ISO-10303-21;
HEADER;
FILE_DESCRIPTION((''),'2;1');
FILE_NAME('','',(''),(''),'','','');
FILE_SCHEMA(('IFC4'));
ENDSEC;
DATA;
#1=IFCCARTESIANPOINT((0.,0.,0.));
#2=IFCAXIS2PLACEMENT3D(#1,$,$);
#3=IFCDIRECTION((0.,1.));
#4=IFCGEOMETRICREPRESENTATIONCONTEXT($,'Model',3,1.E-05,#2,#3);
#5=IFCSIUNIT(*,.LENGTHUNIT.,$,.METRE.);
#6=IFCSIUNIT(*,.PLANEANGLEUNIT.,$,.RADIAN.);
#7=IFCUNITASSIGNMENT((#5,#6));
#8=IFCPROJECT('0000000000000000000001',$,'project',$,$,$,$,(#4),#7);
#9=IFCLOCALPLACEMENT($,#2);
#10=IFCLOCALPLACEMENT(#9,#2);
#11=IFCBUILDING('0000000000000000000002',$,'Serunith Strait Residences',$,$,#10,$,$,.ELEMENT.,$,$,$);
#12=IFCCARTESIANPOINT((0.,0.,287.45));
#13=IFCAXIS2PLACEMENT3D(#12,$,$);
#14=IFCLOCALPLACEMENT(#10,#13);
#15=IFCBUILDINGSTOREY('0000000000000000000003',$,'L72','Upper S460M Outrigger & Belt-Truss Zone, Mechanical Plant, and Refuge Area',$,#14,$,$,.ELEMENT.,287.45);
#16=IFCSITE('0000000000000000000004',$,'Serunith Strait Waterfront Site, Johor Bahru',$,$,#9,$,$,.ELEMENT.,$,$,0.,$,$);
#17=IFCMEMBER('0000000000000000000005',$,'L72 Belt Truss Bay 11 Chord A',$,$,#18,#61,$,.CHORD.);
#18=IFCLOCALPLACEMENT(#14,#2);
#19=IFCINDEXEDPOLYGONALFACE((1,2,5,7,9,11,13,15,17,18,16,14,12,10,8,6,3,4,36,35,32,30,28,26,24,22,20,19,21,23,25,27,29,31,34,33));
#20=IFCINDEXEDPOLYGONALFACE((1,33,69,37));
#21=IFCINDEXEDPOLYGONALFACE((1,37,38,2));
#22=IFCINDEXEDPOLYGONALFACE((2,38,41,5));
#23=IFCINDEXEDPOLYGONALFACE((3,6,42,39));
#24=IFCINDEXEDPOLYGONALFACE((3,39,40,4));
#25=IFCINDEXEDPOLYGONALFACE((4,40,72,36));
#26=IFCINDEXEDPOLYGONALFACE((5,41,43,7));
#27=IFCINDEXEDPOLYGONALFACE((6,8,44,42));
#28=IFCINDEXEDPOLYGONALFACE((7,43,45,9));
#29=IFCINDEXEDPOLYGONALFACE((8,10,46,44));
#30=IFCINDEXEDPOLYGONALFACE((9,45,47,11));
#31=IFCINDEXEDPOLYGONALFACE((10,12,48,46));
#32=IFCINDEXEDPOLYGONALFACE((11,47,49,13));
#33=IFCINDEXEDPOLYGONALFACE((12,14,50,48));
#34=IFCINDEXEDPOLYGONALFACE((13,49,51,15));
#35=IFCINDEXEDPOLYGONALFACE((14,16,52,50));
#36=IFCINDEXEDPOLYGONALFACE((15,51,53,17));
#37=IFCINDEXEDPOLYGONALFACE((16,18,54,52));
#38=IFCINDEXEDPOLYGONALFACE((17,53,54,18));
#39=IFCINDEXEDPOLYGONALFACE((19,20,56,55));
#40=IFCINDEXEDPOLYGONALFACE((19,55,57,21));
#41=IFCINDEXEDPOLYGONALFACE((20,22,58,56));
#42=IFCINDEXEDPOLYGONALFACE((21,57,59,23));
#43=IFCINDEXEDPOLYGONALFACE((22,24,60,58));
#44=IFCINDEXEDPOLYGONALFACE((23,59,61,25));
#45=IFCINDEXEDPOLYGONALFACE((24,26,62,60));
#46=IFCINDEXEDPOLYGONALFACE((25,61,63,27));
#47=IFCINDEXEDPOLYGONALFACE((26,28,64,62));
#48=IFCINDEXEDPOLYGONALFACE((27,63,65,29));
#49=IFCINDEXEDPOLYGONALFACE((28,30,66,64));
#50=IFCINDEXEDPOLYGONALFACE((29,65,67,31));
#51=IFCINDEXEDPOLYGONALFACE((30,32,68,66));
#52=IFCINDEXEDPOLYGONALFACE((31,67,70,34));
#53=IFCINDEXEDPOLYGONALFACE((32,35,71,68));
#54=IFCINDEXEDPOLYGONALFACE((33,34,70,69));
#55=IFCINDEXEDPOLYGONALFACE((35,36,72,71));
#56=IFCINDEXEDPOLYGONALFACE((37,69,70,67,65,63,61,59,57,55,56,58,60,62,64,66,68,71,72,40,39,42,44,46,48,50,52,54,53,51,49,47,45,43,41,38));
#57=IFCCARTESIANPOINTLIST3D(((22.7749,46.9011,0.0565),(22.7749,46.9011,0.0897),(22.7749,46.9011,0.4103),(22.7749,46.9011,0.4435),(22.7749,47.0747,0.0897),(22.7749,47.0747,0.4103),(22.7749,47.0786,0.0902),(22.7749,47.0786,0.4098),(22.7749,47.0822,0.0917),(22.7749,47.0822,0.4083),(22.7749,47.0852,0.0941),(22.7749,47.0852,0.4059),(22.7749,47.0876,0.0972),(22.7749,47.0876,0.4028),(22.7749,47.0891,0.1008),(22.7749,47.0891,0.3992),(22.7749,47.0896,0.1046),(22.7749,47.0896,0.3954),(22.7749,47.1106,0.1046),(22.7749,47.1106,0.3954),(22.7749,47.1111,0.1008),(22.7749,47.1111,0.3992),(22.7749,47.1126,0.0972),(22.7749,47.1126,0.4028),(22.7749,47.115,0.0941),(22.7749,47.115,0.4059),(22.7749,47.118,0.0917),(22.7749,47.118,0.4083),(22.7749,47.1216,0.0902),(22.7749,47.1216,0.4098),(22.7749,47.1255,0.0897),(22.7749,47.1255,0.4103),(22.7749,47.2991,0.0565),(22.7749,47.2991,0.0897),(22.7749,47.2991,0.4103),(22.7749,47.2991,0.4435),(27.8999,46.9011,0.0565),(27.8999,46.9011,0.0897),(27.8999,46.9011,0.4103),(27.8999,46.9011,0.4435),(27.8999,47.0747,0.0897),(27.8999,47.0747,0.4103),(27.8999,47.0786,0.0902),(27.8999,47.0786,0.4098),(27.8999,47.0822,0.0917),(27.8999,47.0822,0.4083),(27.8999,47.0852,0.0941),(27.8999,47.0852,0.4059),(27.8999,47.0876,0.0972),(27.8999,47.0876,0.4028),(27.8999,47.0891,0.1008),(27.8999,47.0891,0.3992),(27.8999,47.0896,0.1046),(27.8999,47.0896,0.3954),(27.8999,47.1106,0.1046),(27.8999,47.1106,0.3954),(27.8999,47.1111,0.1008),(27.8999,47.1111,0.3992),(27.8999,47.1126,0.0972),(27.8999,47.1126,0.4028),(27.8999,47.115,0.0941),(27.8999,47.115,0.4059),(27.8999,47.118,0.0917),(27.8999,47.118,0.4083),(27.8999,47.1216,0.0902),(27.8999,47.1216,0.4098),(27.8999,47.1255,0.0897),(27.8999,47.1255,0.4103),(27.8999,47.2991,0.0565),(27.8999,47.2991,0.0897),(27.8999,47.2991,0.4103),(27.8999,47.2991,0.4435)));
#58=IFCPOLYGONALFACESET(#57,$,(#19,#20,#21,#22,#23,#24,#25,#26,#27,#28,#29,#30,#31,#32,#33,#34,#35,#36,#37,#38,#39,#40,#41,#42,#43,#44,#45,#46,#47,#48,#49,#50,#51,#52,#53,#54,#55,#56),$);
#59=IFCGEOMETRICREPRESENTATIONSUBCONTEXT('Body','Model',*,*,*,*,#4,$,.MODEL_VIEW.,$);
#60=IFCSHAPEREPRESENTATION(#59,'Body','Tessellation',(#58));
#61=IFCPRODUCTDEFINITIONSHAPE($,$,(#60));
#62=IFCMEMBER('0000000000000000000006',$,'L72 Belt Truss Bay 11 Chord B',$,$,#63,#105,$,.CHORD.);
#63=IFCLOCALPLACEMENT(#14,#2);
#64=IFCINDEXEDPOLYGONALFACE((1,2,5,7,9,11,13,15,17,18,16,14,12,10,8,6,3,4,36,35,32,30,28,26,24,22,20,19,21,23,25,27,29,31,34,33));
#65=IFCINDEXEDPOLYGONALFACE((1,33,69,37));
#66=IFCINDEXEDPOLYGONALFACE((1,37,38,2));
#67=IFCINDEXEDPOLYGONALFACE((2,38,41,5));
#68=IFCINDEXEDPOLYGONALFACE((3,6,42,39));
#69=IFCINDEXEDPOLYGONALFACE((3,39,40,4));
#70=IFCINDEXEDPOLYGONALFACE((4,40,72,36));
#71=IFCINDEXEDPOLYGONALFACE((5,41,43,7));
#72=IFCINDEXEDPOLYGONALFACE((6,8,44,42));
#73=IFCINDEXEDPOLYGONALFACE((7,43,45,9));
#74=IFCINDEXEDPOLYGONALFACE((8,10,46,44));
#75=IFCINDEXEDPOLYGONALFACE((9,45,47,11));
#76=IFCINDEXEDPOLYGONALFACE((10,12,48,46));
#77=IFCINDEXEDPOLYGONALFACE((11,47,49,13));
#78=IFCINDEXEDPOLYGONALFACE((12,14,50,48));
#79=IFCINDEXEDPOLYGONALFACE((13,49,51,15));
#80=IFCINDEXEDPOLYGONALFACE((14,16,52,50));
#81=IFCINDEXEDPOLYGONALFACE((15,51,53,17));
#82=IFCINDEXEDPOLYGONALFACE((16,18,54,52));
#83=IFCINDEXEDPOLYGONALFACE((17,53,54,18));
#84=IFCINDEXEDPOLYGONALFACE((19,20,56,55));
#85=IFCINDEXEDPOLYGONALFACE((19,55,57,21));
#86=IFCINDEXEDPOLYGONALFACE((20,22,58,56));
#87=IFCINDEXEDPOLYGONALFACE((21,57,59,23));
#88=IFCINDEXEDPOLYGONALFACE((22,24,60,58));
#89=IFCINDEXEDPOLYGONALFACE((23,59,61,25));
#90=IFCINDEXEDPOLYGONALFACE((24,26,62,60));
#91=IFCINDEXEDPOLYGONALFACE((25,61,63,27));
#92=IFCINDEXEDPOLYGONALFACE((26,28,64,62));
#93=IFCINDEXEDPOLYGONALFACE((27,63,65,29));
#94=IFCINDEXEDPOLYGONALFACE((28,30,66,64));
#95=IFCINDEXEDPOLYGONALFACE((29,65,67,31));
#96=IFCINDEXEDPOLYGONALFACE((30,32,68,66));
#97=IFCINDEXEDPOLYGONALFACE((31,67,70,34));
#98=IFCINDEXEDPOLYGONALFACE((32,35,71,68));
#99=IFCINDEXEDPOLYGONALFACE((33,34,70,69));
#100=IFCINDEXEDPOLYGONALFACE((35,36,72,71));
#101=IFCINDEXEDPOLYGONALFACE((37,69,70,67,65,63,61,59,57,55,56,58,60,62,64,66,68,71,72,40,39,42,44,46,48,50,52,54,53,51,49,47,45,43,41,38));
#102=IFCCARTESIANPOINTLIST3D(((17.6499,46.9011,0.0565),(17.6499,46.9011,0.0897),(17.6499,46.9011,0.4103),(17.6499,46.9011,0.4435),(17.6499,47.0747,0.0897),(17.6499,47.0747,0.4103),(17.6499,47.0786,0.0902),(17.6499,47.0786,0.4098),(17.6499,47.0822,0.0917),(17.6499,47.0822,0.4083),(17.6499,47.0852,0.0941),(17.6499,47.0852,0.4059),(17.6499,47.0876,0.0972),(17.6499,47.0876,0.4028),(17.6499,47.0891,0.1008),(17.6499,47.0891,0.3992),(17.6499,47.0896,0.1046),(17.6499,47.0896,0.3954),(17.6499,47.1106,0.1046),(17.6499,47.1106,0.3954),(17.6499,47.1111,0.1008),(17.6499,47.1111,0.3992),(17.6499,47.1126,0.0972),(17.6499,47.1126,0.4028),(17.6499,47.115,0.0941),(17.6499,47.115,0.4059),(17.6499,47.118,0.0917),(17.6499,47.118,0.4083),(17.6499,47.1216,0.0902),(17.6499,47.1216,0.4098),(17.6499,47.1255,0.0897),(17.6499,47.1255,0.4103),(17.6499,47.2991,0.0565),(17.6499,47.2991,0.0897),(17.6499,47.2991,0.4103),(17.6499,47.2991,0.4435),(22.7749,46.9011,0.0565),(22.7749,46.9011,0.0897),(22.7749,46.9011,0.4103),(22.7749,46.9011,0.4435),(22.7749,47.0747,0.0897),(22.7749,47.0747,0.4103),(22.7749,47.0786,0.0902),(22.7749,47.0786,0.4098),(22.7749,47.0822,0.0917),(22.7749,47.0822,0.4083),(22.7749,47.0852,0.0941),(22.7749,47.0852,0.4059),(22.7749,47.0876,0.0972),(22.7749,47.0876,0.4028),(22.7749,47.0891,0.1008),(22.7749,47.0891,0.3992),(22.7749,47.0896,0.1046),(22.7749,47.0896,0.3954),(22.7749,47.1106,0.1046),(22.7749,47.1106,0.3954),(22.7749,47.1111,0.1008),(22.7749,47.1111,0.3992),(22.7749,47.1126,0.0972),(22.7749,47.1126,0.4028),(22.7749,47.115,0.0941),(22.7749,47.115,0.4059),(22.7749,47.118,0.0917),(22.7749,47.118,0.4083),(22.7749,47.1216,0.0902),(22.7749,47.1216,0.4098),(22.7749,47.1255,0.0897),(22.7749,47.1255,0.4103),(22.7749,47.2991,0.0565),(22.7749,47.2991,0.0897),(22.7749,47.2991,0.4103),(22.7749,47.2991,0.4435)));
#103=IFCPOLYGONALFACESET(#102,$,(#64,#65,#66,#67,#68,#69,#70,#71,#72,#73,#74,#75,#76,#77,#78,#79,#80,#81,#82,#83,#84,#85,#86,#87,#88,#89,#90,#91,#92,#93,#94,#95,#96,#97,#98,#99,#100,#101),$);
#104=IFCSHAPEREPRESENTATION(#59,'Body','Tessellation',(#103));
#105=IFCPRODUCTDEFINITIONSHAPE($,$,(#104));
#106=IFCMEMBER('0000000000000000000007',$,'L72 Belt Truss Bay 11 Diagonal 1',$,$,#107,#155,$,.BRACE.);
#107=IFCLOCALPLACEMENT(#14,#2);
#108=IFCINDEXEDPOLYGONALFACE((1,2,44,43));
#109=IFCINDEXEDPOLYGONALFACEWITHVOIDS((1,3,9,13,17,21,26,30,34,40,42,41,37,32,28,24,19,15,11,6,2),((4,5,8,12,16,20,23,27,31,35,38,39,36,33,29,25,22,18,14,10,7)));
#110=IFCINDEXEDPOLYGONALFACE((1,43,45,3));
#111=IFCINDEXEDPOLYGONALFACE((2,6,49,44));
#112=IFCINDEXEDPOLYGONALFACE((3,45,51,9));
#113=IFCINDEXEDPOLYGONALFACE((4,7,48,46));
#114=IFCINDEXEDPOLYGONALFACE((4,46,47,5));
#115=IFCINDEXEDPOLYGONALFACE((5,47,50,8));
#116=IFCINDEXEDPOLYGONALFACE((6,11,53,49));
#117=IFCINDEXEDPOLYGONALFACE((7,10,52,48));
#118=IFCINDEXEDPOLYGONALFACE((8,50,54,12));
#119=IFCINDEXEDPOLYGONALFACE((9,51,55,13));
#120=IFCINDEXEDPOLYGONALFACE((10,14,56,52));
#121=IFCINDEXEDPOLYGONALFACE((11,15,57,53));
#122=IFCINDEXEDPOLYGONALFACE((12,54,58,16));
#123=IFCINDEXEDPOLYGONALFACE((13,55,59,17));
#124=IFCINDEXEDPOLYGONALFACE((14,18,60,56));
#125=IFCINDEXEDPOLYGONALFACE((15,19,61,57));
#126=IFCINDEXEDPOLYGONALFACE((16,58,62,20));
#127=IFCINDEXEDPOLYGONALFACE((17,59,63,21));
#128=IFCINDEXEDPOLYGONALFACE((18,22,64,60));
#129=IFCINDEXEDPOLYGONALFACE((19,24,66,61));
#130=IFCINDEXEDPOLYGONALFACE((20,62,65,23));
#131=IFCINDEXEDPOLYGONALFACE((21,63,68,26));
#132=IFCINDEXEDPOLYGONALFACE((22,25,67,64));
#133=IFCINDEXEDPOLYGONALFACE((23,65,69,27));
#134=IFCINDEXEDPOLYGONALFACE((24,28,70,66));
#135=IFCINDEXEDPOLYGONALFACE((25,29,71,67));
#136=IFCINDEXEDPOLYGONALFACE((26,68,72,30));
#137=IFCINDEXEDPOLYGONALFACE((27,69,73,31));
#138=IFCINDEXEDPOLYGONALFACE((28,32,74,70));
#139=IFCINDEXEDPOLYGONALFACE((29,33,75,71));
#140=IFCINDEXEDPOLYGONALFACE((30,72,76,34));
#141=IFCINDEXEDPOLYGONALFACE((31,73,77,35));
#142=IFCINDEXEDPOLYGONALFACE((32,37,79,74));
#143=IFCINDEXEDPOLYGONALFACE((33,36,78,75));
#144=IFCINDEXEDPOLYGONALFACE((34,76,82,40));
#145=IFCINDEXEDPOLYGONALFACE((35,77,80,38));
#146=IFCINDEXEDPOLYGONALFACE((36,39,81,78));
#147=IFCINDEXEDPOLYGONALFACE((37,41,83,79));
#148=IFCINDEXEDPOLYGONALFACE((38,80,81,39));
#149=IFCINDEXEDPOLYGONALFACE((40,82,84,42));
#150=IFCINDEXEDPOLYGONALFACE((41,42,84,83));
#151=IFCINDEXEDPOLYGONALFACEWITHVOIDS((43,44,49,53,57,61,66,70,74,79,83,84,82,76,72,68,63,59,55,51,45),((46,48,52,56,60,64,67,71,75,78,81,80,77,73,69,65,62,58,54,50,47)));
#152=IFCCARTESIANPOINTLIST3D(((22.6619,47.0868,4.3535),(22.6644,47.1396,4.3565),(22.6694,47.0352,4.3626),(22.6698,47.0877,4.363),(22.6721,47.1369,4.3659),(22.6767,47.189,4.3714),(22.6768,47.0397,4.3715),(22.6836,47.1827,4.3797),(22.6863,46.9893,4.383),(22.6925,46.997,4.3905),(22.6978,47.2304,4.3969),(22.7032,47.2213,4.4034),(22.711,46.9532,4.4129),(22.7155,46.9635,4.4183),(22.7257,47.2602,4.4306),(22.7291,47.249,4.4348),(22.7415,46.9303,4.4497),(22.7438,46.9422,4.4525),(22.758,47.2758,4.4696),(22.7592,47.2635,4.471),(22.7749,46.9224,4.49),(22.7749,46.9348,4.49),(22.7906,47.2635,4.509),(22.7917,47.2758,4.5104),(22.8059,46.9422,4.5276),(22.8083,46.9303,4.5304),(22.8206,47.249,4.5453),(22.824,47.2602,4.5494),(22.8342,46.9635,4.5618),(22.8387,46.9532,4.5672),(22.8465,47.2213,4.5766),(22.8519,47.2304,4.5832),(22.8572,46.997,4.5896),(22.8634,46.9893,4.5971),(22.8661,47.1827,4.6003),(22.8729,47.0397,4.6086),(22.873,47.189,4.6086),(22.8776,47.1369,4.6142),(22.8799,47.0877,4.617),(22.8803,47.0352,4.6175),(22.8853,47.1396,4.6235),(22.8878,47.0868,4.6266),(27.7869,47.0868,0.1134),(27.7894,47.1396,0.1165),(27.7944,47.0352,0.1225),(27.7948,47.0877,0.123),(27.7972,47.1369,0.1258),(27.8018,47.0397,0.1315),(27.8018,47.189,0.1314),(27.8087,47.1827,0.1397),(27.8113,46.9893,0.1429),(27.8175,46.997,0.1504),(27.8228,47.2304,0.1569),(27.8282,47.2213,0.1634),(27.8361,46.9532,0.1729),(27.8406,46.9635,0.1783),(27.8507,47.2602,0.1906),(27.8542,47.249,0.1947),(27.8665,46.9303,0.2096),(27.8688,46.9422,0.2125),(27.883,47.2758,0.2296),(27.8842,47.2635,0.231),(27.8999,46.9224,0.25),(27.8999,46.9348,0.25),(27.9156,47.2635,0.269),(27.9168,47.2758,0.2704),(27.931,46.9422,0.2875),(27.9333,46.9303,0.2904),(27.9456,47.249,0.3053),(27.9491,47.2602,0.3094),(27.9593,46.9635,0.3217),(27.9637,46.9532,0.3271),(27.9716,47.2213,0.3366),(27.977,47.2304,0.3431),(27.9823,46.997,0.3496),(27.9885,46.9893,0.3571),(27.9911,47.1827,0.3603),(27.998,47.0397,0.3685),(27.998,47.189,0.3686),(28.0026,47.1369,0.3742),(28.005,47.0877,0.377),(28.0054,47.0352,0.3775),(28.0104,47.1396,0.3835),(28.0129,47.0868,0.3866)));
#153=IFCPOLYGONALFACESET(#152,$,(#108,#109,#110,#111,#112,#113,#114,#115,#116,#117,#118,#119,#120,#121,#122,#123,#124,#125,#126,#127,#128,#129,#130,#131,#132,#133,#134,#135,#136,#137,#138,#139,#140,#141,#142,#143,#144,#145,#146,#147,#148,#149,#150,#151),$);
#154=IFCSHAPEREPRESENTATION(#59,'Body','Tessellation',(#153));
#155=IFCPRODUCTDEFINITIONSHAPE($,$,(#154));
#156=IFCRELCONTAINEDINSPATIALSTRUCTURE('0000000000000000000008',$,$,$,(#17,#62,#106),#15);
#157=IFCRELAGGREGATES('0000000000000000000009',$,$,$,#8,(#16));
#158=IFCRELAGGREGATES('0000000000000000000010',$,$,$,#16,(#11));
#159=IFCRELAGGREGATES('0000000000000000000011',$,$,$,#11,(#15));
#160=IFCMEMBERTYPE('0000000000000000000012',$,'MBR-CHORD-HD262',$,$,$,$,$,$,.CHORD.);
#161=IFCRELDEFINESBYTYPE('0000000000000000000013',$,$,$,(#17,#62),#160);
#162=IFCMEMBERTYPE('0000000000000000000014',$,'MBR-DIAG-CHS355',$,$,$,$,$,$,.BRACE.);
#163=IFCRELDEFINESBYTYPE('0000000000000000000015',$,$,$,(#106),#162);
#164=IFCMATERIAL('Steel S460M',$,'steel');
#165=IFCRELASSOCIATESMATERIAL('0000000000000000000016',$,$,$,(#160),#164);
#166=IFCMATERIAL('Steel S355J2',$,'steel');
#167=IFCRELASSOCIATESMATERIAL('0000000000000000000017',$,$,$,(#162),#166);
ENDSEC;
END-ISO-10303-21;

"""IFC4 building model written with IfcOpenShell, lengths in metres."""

from ifc_helpers import new_model, si_unit, direction, frame, origin, origin_2d, place, context, subcontext, project, spatial, hollow_circle, i_section, extrude, source, transform, mapped, material, material_profile, profile_set, type_object, element, save


model = new_model("IFC4")

# Units and contexts
model_context = context("Model", 3, precision=1e-05, world=origin(), true_north=direction((0.0, 1.0)))
body_context = subcontext(model_context, "Body", "Model", "MODEL_VIEW")
ifc_project = project(units=[si_unit("LENGTHUNIT", "METRE"), si_unit("PLANEANGLEUNIT", "RADIAN")], contexts=[model_context])

# Site, building, storey
site_placement = place(None, origin())
site = spatial("IfcSite", under=ifc_project, at=site_placement, Name="Serunith Strait Waterfront Site, Johor Bahru", CompositionType="ELEMENT", RefElevation=0.0)
building_placement = place(site_placement, origin())
building = spatial("IfcBuilding", under=site, at=building_placement, Name="Serunith Strait Residences", CompositionType="ELEMENT")
storey_placement = place(building_placement, frame((0.0, 0.0, 287.45)))
storey = spatial("IfcBuildingStorey", under=building, at=storey_placement, Name="L72", Description="Upper S460M Outrigger & Belt-Truss Zone, Mechanical Plant, and Refuge Area", CompositionType="ELEMENT", Elevation=287.45)

# Shared definitions
ifc_material_1 = material(Name="Steel S355J2", Category="steel")

# Members
ifc_material_2 = material(Name="Steel S460M", Category="steel")
ifc_material_profile_1 = material_profile(ifc_material_2, i_section(OverallWidth=0.3979, OverallDepth=0.387, WebThickness=0.021, FlangeThickness=0.0332, FilletRadius=0.0149, at=origin_2d()), Name="HD 400x262")
ifc_profile_set_1 = profile_set([ifc_material_profile_1], Name="Steel S460M")
member_type_1 = type_object("IfcMemberType", Name="MBR-CHORD-HD262", PredefinedType="CHORD", material=ifc_profile_set_1)
shared_shape_1 = source(origin(), body_context, "Body", "SweptSolid", [
    extrude(i_section(OverallWidth=0.3979, OverallDepth=0.387, WebThickness=0.021, FlangeThickness=0.0332, FilletRadius=0.0149, at=origin_2d()), origin(), (0.0, 0.0, 1.0), 5.125),
])
for number, where, z_axis, x_axis, name in (
    (1, (27.8999, 47.1001, 0.25), (-1.0, 0.0, 0.0), (0.0, -1.0, 0.0), "L72 Belt Truss Bay 11 Chord A"),
    (2, (22.7749, 47.1001, 0.25), (-1.0, 0.0, 0.0), (0.0, -1.0, 0.0), "L72 Belt Truss Bay 11 Chord B"),
):
    element("IfcMember", number, at=place(storey_placement, frame(where, z_axis=z_axis, x_axis=x_axis)), inside=storey, type_object=member_type_1, Name=name, PredefinedType="CHORD", context=body_context, shape_type="MappedRepresentation", body=[
        mapped(shared_shape_1, transform((0.0, 0.0, 0.0), scale=1.0)),
    ])
ifc_material_profile_2 = material_profile(ifc_material_1, hollow_circle(Radius=0.1777, WallThickness=0.0125, at=origin_2d()), Name="CHS 355.6x12.5")
ifc_profile_set_2 = profile_set([ifc_material_profile_2], Name="Steel S355J2")
member_type_2 = type_object("IfcMemberType", Name="MBR-DIAG-CHS355", PredefinedType="BRACE", material=ifc_profile_set_2)
shared_shape_2 = source(origin(), body_context, "Body", "SweptSolid", [
    extrude(hollow_circle(Radius=0.1777, WallThickness=0.0125, at=origin_2d()), origin(), (0.0, 0.0, 1.0), 6.6516),
])
for number, where, z_axis, x_axis, name in (
    (3, (27.8999, 47.1001, 0.25), (-0.770497, 0.0, 0.637444), (0.0, -1.0, 0.0), "L72 Belt Truss Bay 11 Diagonal 1"),
):
    element("IfcMember", number, at=place(storey_placement, frame(where, z_axis=z_axis, x_axis=x_axis)), inside=storey, type_object=member_type_2, Name=name, PredefinedType="BRACE", context=body_context, shape_type="MappedRepresentation", body=[
        mapped(shared_shape_2, transform((0.0, 0.0, 0.0), scale=1.0)),
    ])

save(model, "model.ifc")
